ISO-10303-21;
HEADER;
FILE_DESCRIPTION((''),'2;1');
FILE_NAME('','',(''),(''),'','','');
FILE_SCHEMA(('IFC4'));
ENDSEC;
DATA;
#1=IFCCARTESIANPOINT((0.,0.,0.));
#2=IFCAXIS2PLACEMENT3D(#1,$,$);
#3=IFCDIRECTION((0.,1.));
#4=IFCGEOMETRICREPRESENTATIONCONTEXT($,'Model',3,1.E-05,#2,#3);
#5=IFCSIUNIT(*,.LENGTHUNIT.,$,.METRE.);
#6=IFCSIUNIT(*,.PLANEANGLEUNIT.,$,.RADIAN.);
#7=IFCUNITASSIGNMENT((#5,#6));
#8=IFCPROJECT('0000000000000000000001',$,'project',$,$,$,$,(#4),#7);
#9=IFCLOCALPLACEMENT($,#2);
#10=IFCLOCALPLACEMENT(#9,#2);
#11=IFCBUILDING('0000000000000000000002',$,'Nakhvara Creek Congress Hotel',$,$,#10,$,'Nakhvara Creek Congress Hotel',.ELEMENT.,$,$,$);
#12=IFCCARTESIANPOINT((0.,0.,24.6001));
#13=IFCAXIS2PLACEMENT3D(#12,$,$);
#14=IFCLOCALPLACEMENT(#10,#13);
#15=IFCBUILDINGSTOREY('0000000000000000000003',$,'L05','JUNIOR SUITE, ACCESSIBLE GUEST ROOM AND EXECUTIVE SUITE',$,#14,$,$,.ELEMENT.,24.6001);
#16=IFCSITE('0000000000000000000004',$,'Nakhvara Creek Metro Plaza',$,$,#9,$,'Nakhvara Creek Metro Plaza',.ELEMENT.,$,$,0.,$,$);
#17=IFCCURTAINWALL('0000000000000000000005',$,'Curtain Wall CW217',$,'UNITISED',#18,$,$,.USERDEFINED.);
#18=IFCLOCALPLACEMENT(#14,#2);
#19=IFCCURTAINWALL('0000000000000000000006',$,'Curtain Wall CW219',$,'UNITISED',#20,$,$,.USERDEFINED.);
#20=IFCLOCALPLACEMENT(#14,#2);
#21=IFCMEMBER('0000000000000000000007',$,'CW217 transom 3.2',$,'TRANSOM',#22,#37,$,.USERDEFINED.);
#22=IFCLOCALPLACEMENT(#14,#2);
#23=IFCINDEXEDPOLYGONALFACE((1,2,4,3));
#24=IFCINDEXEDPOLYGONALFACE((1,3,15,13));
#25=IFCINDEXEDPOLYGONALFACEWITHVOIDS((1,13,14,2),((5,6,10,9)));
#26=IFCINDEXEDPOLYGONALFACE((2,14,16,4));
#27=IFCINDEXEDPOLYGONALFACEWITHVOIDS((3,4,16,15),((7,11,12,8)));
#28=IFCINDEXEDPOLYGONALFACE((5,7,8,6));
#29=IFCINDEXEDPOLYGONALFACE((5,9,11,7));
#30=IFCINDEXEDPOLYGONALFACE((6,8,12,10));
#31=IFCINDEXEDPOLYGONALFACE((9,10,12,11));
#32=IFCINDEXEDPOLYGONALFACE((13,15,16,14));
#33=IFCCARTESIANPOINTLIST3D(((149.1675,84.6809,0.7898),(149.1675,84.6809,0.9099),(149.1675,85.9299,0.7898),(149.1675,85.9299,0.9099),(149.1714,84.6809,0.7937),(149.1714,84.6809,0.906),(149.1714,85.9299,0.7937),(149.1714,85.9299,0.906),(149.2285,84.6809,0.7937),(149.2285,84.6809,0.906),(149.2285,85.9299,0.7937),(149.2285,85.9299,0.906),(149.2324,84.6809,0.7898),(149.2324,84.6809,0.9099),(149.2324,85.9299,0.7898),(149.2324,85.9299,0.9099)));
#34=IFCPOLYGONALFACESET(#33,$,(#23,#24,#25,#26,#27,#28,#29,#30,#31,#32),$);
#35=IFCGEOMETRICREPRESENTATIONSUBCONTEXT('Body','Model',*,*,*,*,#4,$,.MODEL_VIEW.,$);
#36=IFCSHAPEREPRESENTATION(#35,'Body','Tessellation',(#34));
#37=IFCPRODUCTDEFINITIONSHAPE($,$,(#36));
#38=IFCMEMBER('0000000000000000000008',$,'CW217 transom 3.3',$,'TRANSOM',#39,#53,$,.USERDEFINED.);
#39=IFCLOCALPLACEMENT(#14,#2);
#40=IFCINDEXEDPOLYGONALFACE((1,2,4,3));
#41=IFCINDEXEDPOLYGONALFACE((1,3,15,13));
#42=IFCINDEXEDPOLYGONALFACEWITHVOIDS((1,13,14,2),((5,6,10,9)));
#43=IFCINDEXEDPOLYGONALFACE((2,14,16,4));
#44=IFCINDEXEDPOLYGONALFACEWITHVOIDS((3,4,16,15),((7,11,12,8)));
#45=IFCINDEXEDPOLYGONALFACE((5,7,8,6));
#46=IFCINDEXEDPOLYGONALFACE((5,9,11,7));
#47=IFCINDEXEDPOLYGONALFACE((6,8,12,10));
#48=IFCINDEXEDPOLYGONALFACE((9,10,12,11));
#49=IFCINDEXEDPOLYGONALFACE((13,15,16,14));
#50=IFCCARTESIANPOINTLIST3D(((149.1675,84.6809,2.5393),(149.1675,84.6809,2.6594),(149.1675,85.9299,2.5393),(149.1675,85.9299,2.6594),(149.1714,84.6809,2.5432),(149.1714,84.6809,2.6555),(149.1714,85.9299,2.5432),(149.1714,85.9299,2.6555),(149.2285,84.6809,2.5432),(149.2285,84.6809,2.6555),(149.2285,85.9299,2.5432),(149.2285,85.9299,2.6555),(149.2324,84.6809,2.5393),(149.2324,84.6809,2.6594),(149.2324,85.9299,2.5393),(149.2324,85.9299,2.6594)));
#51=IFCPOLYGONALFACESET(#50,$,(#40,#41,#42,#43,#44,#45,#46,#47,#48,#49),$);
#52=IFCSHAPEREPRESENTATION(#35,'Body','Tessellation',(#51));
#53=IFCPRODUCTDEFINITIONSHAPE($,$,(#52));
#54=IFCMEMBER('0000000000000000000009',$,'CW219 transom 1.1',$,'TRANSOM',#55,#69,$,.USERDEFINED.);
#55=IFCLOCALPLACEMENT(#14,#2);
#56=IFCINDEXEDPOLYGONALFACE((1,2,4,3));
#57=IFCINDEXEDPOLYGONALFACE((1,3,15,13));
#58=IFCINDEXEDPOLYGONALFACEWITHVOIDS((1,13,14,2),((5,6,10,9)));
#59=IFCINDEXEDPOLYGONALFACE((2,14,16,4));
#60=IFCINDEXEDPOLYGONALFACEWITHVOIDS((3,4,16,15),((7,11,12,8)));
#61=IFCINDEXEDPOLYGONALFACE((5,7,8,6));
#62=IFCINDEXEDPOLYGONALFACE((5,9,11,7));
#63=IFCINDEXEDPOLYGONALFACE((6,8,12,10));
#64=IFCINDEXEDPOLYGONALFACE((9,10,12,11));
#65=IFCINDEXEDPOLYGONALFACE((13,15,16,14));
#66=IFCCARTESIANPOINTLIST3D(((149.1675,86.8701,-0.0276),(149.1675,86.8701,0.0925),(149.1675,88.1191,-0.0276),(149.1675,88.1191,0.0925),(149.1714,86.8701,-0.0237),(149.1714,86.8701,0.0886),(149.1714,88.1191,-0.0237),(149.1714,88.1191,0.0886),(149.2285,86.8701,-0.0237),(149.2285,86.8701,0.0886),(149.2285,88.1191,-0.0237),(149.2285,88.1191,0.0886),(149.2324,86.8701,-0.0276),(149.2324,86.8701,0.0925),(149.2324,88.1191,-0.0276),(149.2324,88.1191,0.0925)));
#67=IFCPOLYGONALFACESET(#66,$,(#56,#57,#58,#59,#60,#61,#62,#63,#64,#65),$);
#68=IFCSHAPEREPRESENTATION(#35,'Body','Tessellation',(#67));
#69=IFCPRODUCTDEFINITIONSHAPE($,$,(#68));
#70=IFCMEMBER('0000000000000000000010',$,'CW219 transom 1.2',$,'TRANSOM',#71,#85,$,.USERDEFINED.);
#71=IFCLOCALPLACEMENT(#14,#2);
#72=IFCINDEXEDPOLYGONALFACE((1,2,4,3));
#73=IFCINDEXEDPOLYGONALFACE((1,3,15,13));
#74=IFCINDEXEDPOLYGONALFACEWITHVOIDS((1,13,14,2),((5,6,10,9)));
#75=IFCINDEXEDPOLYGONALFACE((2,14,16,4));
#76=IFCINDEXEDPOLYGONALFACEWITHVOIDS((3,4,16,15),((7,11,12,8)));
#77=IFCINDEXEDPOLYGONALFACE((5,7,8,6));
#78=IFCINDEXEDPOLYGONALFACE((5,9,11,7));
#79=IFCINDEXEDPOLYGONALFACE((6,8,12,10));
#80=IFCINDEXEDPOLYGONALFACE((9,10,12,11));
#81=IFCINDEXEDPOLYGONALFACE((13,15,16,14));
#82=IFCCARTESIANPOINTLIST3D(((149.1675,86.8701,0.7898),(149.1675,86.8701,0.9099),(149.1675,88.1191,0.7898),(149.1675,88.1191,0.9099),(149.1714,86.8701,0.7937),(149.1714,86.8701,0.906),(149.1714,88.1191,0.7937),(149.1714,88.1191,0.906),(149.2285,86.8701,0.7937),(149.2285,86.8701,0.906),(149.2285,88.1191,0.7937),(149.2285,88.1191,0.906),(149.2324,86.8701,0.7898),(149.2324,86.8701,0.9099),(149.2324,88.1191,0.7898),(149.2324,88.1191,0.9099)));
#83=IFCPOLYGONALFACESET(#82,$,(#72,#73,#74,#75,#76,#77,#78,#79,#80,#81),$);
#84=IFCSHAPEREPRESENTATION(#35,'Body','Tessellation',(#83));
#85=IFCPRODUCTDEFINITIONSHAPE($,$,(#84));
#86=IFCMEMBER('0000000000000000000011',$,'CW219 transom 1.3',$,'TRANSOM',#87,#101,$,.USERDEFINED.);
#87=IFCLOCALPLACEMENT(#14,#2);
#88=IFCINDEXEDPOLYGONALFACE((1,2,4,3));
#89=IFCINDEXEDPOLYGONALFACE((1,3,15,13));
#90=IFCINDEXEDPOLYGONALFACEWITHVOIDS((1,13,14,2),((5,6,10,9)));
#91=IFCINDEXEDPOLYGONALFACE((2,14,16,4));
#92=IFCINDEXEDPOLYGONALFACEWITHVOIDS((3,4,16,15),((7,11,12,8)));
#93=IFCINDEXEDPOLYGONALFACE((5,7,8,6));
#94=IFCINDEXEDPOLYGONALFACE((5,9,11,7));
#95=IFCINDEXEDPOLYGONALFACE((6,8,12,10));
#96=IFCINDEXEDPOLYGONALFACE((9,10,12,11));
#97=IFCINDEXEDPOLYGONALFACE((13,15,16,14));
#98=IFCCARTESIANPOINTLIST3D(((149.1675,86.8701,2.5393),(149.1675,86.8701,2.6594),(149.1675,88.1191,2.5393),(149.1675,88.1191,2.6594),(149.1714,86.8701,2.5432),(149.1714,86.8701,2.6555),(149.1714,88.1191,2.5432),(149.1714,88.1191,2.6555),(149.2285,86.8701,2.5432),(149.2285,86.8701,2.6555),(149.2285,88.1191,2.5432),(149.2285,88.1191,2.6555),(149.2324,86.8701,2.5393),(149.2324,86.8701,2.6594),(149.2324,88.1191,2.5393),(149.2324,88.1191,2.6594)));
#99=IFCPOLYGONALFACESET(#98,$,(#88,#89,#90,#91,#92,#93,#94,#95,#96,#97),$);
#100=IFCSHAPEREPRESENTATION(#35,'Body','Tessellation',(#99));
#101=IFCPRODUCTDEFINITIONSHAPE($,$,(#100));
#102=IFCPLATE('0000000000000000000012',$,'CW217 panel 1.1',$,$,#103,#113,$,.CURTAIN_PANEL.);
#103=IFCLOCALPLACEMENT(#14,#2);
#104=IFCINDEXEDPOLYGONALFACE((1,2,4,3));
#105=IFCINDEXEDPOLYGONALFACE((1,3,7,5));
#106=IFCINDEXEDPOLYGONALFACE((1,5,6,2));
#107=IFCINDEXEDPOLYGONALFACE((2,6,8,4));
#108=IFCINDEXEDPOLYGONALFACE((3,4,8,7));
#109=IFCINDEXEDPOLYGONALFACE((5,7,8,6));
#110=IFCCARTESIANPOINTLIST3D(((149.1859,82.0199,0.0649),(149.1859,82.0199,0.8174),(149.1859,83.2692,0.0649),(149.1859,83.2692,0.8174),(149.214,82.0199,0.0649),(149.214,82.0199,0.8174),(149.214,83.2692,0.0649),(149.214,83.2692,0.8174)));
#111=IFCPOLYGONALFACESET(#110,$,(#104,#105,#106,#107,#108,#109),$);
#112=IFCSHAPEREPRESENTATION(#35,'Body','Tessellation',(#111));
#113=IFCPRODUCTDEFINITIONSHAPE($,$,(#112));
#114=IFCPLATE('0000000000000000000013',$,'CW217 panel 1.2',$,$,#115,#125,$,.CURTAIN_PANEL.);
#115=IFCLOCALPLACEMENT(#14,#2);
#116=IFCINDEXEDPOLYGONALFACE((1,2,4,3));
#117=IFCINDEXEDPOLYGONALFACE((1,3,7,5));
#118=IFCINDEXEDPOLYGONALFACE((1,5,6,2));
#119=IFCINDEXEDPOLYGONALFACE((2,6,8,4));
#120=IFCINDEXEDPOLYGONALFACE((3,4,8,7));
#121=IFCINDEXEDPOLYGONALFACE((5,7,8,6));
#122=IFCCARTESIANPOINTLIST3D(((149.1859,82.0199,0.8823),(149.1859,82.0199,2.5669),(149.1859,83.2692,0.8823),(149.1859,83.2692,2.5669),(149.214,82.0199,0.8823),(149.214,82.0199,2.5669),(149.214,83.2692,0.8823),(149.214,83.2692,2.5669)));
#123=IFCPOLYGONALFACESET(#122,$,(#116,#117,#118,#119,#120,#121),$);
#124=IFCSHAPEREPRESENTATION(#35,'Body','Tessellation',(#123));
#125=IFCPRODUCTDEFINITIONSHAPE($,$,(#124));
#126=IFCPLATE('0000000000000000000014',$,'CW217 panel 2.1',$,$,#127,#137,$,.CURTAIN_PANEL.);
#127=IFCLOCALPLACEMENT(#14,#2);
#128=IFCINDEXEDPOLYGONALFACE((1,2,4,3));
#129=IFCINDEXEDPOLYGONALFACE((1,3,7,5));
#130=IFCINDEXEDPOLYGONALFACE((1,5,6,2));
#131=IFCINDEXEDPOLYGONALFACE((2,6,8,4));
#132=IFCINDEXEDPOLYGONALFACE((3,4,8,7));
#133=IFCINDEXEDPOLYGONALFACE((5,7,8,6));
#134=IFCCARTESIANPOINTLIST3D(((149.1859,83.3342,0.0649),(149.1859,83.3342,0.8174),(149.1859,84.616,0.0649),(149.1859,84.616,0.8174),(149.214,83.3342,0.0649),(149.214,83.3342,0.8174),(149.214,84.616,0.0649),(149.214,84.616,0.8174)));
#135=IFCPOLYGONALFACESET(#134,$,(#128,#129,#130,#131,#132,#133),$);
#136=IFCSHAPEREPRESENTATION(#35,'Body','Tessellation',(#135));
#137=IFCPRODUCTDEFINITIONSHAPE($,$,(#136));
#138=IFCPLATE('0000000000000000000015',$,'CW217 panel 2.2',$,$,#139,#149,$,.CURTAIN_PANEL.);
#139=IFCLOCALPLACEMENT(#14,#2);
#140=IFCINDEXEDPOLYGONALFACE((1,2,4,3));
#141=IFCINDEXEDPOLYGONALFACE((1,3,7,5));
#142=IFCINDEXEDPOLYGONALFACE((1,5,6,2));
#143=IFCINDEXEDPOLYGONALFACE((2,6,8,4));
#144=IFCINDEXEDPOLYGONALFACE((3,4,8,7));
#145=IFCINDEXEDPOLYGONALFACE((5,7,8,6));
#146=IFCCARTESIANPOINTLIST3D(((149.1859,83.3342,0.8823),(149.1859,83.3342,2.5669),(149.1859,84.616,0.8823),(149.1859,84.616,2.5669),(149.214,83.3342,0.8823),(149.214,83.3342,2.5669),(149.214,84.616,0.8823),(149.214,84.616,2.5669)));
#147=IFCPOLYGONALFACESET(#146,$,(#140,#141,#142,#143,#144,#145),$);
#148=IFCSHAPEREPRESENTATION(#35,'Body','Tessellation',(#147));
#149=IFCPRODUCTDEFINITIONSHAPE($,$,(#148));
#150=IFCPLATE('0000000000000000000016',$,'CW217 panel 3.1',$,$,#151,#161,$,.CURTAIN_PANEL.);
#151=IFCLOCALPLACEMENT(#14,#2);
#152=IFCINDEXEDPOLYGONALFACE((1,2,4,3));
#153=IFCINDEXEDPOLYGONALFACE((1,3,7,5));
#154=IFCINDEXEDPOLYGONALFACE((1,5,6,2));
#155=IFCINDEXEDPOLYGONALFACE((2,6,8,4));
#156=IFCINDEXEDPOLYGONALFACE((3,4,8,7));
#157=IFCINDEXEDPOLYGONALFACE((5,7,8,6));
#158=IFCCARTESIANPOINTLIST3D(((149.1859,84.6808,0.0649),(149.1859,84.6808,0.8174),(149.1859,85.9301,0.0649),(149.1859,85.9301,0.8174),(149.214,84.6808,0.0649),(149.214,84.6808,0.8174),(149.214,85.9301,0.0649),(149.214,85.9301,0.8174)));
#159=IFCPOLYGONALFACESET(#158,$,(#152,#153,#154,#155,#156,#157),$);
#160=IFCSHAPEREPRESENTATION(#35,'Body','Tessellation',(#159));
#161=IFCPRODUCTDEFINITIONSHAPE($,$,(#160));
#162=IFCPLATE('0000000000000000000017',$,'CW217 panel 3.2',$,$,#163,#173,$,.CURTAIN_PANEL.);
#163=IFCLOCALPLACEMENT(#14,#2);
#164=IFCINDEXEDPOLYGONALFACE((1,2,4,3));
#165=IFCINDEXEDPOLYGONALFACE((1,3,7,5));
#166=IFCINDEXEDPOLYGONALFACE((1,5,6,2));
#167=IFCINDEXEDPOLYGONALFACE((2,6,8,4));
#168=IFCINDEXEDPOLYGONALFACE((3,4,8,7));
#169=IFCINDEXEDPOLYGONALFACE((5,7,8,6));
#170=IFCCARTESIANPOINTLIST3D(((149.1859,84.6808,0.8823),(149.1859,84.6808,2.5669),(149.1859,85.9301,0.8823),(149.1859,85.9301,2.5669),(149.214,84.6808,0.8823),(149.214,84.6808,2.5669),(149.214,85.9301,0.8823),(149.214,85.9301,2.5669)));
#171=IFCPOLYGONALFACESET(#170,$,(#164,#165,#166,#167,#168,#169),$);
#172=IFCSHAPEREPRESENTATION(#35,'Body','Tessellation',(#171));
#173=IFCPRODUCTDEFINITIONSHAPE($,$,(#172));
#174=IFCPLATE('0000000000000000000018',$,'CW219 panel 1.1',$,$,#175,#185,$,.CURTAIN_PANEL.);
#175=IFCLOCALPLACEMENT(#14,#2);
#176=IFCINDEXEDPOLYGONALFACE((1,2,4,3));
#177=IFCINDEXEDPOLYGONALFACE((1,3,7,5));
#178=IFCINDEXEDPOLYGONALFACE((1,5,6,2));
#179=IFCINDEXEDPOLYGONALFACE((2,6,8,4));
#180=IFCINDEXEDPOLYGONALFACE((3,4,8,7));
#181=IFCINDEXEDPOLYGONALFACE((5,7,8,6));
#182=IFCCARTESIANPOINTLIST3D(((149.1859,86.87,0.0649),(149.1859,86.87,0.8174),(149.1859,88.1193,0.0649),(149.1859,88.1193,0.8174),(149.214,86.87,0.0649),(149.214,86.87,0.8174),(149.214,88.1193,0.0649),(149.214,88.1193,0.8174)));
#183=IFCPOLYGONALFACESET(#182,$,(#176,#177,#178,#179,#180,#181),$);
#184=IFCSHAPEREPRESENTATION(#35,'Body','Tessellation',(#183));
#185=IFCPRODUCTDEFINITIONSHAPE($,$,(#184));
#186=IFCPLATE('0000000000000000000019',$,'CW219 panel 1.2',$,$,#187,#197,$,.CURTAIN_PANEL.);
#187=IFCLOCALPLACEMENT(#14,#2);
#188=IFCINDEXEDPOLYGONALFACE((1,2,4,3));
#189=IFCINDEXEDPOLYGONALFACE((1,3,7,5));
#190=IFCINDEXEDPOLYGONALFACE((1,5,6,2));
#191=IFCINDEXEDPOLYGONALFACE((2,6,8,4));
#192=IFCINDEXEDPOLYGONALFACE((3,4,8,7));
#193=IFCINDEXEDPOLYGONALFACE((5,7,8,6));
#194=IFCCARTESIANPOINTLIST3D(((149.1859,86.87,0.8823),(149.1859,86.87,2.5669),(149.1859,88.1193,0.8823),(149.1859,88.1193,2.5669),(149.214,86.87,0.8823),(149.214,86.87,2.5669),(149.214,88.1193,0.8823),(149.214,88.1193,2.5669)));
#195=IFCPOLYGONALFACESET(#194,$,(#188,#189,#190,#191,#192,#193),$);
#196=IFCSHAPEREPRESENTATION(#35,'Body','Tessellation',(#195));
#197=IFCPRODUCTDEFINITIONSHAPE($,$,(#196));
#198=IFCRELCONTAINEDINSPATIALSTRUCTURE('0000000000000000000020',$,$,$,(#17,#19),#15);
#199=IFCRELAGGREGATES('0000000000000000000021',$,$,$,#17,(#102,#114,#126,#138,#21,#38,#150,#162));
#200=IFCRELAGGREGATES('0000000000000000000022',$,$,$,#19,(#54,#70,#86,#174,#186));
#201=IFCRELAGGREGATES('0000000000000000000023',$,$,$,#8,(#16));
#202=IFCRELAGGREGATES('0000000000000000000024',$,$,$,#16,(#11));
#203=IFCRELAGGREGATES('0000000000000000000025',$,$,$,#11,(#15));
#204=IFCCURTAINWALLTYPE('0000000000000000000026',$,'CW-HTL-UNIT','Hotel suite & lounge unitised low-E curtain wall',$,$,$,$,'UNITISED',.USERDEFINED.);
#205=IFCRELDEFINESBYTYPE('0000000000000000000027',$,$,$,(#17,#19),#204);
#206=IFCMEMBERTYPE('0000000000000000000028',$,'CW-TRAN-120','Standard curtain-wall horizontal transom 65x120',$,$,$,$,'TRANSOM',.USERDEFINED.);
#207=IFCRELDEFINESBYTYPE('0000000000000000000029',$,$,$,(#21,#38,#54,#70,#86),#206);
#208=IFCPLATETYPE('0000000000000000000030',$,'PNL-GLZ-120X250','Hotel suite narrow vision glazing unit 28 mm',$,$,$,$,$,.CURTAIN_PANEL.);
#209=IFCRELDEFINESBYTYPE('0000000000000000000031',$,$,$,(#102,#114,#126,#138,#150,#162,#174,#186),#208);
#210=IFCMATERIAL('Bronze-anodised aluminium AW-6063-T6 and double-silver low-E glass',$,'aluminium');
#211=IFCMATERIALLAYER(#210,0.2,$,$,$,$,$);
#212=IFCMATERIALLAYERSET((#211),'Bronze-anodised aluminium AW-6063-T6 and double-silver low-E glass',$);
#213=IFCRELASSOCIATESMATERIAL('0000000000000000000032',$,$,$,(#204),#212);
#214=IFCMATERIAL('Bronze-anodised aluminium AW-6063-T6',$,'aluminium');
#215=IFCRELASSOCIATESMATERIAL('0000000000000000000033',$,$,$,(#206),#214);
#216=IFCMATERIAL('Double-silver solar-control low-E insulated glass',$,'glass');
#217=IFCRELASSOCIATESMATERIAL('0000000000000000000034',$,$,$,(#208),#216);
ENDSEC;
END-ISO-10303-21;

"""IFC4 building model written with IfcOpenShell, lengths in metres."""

from ifc_helpers import new_model, si_unit, direction, frame, origin, origin_2d, place, context, subcontext, project, spatial, rectangle, hollow_rectangle, extrude, material, layer, layer_set, material_profile, profile_set, type_object, element, aggregate, save


model = new_model("IFC4")

# Units and contexts
model_context = context("Model", 3, precision=1e-05, world=origin(), true_north=direction((0.0, 1.0)))
body_context = subcontext(model_context, "Body", "Model", "MODEL_VIEW")
ifc_project = project(units=[si_unit("LENGTHUNIT", "METRE"), si_unit("PLANEANGLEUNIT", "RADIAN")], contexts=[model_context])

# Site, building, storey
site_placement = place(None, origin())
site = spatial("IfcSite", under=ifc_project, at=site_placement, Name="Nakhvara Creek Metro Plaza", LongName="Nakhvara Creek Metro Plaza", CompositionType="ELEMENT", RefElevation=0.0)
building_placement = place(site_placement, origin())
building = spatial("IfcBuilding", under=site, at=building_placement, Name="Nakhvara Creek Congress Hotel", LongName="Nakhvara Creek Congress Hotel", CompositionType="ELEMENT")
storey_placement = place(building_placement, frame((0.0, 0.0, 24.6001)))
storey = spatial("IfcBuildingStorey", under=building, at=storey_placement, Name="L05", Description="JUNIOR SUITE, ACCESSIBLE GUEST ROOM AND EXECUTIVE SUITE", CompositionType="ELEMENT", Elevation=24.6001)

# Curtain walls
ifc_material_1 = material(Name="Bronze-anodised aluminium AW-6063-T6 and double-silver low-E glass", Category="aluminium")
ifc_layer = layer(ifc_material_1, 0.2)
ifc_layer_set = layer_set([ifc_layer], Name="Bronze-anodised aluminium AW-6063-T6 and double-silver low-E glass")
curtain_wall_type = type_object("IfcCurtainWallType", Name="CW-HTL-UNIT", Description="Hotel suite & lounge unitised low-E curtain wall", ElementType="UNITISED", PredefinedType="USERDEFINED", material=ifc_layer_set)
curtain_wall_1_placement = place(storey_placement, origin())
curtain_wall_1 = element("IfcCurtainWall", 1, at=curtain_wall_1_placement, inside=storey, type_object=curtain_wall_type, Name="Curtain Wall CW217", ObjectType="UNITISED", PredefinedType="USERDEFINED")
ifc_material_2 = material(Name="Bronze-anodised aluminium AW-6063-T6", Category="aluminium")
curtain_wall_2_placement = place(storey_placement, origin())
curtain_wall_2 = element("IfcCurtainWall", 2, at=curtain_wall_2_placement, inside=storey, type_object=curtain_wall_type, Name="Curtain Wall CW219", ObjectType="UNITISED", PredefinedType="USERDEFINED")

# Members
ifc_material_profile_1 = material_profile(ifc_material_2, hollow_rectangle(XDim=0.0649, YDim=0.1201, WallThickness=0.0039, at=origin_2d()), Name="ALU-TRAN 65x120x4", Category="LoadBearing")
ifc_profile_set_1 = profile_set([ifc_material_profile_1], Name="Bronze-anodised aluminium AW-6063-T6")
member_type_1 = type_object("IfcMemberType", Name="CW-TRAN-120", Description="Standard curtain-wall horizontal transom 65x120", ElementType="TRANSOM", PredefinedType="USERDEFINED", material=ifc_profile_set_1)
member_1_placement = place(storey_placement, frame((149.2, 84.6809, 0.8499), z_axis=(0.0, 1.0, 0.0), x_axis=(-1.0, 0.0, 0.0)))
member_1 = element("IfcMember", 3, at=member_1_placement, type_object=member_type_1, Name="CW217 transom 3.2", ObjectType="TRANSOM", PredefinedType="USERDEFINED", context=body_context, shape_type="SweptSolid", body=[
    extrude(hollow_rectangle(XDim=0.0649, YDim=0.1201, WallThickness=0.0039, at=origin_2d()), origin(), (0.0, 0.0, 1.0), 1.249),
])
member_2_placement = place(storey_placement, frame((149.2, 84.6809, 2.5994), z_axis=(0.0, 1.0, 0.0), x_axis=(-1.0, 0.0, 0.0)))
member_2 = element("IfcMember", 4, at=member_2_placement, type_object=member_type_1, Name="CW217 transom 3.3", ObjectType="TRANSOM", PredefinedType="USERDEFINED", context=body_context, shape_type="SweptSolid", body=[
    extrude(hollow_rectangle(XDim=0.0649, YDim=0.1201, WallThickness=0.0039, at=origin_2d()), origin(), (0.0, 0.0, 1.0), 1.249),
])
member_3_placement = place(storey_placement, frame((149.2, 86.8701, 0.0325), z_axis=(0.0, 1.0, 0.0), x_axis=(-1.0, 0.0, 0.0)))
member_3 = element("IfcMember", 5, at=member_3_placement, type_object=member_type_1, Name="CW219 transom 1.1", ObjectType="TRANSOM", PredefinedType="USERDEFINED", context=body_context, shape_type="SweptSolid", body=[
    extrude(hollow_rectangle(XDim=0.0649, YDim=0.1201, WallThickness=0.0039, at=origin_2d()), origin(), (0.0, 0.0, 1.0), 1.249),
])
member_4_placement = place(storey_placement, frame((149.2, 86.8701, 0.8499), z_axis=(0.0, 1.0, 0.0), x_axis=(-1.0, 0.0, 0.0)))
member_4 = element("IfcMember", 6, at=member_4_placement, type_object=member_type_1, Name="CW219 transom 1.2", ObjectType="TRANSOM", PredefinedType="USERDEFINED", context=body_context, shape_type="SweptSolid", body=[
    extrude(hollow_rectangle(XDim=0.0649, YDim=0.1201, WallThickness=0.0039, at=origin_2d()), origin(), (0.0, 0.0, 1.0), 1.249),
])
member_5_placement = place(storey_placement, frame((149.2, 86.8701, 2.5994), z_axis=(0.0, 1.0, 0.0), x_axis=(-1.0, 0.0, 0.0)))
member_5 = element("IfcMember", 7, at=member_5_placement, type_object=member_type_1, Name="CW219 transom 1.3", ObjectType="TRANSOM", PredefinedType="USERDEFINED", context=body_context, shape_type="SweptSolid", body=[
    extrude(hollow_rectangle(XDim=0.0649, YDim=0.1201, WallThickness=0.0039, at=origin_2d()), origin(), (0.0, 0.0, 1.0), 1.249),
])

# Plates
ifc_material_3 = material(Name="Double-silver solar-control low-E insulated glass", Category="glass")
plate_type = type_object("IfcPlateType", Name="PNL-GLZ-120X250", Description="Hotel suite narrow vision glazing unit 28 mm", PredefinedType="CURTAIN_PANEL", material=ifc_material_3)
plate_1_placement = place(storey_placement, frame((149.2, 82.6445, 0.0649), z_axis=(0.0, 0.0, 1.0), x_axis=(0.0, 1.0, 0.0)))
plate_1 = element("IfcPlate", 8, at=plate_1_placement, type_object=plate_type, Name="CW217 panel 1.1", PredefinedType="CURTAIN_PANEL", context=body_context, shape_type="SweptSolid", body=[
    extrude(rectangle(XDim=1.2493, YDim=0.0281, at=origin_2d()), origin(), (0.0, 0.0, 1.0), 0.7524),
])
plate_2_placement = place(storey_placement, frame((149.2, 82.6445, 0.8823), z_axis=(0.0, 0.0, 1.0), x_axis=(0.0, 1.0, 0.0)))
plate_2 = element("IfcPlate", 9, at=plate_2_placement, type_object=plate_type, Name="CW217 panel 1.2", PredefinedType="CURTAIN_PANEL", context=body_context, shape_type="SweptSolid", body=[
    extrude(rectangle(XDim=1.2493, YDim=0.0281, at=origin_2d()), origin(), (0.0, 0.0, 1.0), 1.6846),
])
plate_3_placement = place(storey_placement, frame((149.2, 83.9751, 0.0649), z_axis=(0.0, 0.0, 1.0), x_axis=(0.0, 1.0, 0.0)))
plate_3 = element("IfcPlate", 10, at=plate_3_placement, type_object=plate_type, Name="CW217 panel 2.1", PredefinedType="CURTAIN_PANEL", context=body_context, shape_type="SweptSolid", body=[
    extrude(rectangle(XDim=1.2817, YDim=0.0281, at=origin_2d()), origin(), (0.0, 0.0, 1.0), 0.7524),
])
plate_4_placement = place(storey_placement, frame((149.2, 83.9751, 0.8823), z_axis=(0.0, 0.0, 1.0), x_axis=(0.0, 1.0, 0.0)))
plate_4 = element("IfcPlate", 11, at=plate_4_placement, type_object=plate_type, Name="CW217 panel 2.2", PredefinedType="CURTAIN_PANEL", context=body_context, shape_type="SweptSolid", body=[
    extrude(rectangle(XDim=1.2817, YDim=0.0281, at=origin_2d()), origin(), (0.0, 0.0, 1.0), 1.6846),
])
plate_5_placement = place(storey_placement, frame((149.2, 85.3054, 0.0649), z_axis=(0.0, 0.0, 1.0), x_axis=(0.0, 1.0, 0.0)))
plate_5 = element("IfcPlate", 12, at=plate_5_placement, type_object=plate_type, Name="CW217 panel 3.1", PredefinedType="CURTAIN_PANEL", context=body_context, shape_type="SweptSolid", body=[
    extrude(rectangle(XDim=1.2493, YDim=0.0281, at=origin_2d()), origin(), (0.0, 0.0, 1.0), 0.7524),
])
plate_6_placement = place(storey_placement, frame((149.2, 85.3054, 0.8823), z_axis=(0.0, 0.0, 1.0), x_axis=(0.0, 1.0, 0.0)))
plate_6 = element("IfcPlate", 13, at=plate_6_placement, type_object=plate_type, Name="CW217 panel 3.2", PredefinedType="CURTAIN_PANEL", context=body_context, shape_type="SweptSolid", body=[
    extrude(rectangle(XDim=1.2493, YDim=0.0281, at=origin_2d()), origin(), (0.0, 0.0, 1.0), 1.6846),
])
aggregate(curtain_wall_1, [plate_1, plate_2, plate_3, plate_4, member_1, member_2, plate_5, plate_6])
plate_7_placement = place(storey_placement, frame((149.2, 87.4946, 0.0649), z_axis=(0.0, 0.0, 1.0), x_axis=(0.0, 1.0, 0.0)))
plate_7 = element("IfcPlate", 14, at=plate_7_placement, type_object=plate_type, Name="CW219 panel 1.1", PredefinedType="CURTAIN_PANEL", context=body_context, shape_type="SweptSolid", body=[
    extrude(rectangle(XDim=1.2493, YDim=0.0281, at=origin_2d()), origin(), (0.0, 0.0, 1.0), 0.7524),
])
plate_8_placement = place(storey_placement, frame((149.2, 87.4946, 0.8823), z_axis=(0.0, 0.0, 1.0), x_axis=(0.0, 1.0, 0.0)))
plate_8 = element("IfcPlate", 15, at=plate_8_placement, type_object=plate_type, Name="CW219 panel 1.2", PredefinedType="CURTAIN_PANEL", context=body_context, shape_type="SweptSolid", body=[
    extrude(rectangle(XDim=1.2493, YDim=0.0281, at=origin_2d()), origin(), (0.0, 0.0, 1.0), 1.6846),
])
aggregate(curtain_wall_2, [member_3, member_4, member_5, plate_7, plate_8])

save(model, "model.ifc")
